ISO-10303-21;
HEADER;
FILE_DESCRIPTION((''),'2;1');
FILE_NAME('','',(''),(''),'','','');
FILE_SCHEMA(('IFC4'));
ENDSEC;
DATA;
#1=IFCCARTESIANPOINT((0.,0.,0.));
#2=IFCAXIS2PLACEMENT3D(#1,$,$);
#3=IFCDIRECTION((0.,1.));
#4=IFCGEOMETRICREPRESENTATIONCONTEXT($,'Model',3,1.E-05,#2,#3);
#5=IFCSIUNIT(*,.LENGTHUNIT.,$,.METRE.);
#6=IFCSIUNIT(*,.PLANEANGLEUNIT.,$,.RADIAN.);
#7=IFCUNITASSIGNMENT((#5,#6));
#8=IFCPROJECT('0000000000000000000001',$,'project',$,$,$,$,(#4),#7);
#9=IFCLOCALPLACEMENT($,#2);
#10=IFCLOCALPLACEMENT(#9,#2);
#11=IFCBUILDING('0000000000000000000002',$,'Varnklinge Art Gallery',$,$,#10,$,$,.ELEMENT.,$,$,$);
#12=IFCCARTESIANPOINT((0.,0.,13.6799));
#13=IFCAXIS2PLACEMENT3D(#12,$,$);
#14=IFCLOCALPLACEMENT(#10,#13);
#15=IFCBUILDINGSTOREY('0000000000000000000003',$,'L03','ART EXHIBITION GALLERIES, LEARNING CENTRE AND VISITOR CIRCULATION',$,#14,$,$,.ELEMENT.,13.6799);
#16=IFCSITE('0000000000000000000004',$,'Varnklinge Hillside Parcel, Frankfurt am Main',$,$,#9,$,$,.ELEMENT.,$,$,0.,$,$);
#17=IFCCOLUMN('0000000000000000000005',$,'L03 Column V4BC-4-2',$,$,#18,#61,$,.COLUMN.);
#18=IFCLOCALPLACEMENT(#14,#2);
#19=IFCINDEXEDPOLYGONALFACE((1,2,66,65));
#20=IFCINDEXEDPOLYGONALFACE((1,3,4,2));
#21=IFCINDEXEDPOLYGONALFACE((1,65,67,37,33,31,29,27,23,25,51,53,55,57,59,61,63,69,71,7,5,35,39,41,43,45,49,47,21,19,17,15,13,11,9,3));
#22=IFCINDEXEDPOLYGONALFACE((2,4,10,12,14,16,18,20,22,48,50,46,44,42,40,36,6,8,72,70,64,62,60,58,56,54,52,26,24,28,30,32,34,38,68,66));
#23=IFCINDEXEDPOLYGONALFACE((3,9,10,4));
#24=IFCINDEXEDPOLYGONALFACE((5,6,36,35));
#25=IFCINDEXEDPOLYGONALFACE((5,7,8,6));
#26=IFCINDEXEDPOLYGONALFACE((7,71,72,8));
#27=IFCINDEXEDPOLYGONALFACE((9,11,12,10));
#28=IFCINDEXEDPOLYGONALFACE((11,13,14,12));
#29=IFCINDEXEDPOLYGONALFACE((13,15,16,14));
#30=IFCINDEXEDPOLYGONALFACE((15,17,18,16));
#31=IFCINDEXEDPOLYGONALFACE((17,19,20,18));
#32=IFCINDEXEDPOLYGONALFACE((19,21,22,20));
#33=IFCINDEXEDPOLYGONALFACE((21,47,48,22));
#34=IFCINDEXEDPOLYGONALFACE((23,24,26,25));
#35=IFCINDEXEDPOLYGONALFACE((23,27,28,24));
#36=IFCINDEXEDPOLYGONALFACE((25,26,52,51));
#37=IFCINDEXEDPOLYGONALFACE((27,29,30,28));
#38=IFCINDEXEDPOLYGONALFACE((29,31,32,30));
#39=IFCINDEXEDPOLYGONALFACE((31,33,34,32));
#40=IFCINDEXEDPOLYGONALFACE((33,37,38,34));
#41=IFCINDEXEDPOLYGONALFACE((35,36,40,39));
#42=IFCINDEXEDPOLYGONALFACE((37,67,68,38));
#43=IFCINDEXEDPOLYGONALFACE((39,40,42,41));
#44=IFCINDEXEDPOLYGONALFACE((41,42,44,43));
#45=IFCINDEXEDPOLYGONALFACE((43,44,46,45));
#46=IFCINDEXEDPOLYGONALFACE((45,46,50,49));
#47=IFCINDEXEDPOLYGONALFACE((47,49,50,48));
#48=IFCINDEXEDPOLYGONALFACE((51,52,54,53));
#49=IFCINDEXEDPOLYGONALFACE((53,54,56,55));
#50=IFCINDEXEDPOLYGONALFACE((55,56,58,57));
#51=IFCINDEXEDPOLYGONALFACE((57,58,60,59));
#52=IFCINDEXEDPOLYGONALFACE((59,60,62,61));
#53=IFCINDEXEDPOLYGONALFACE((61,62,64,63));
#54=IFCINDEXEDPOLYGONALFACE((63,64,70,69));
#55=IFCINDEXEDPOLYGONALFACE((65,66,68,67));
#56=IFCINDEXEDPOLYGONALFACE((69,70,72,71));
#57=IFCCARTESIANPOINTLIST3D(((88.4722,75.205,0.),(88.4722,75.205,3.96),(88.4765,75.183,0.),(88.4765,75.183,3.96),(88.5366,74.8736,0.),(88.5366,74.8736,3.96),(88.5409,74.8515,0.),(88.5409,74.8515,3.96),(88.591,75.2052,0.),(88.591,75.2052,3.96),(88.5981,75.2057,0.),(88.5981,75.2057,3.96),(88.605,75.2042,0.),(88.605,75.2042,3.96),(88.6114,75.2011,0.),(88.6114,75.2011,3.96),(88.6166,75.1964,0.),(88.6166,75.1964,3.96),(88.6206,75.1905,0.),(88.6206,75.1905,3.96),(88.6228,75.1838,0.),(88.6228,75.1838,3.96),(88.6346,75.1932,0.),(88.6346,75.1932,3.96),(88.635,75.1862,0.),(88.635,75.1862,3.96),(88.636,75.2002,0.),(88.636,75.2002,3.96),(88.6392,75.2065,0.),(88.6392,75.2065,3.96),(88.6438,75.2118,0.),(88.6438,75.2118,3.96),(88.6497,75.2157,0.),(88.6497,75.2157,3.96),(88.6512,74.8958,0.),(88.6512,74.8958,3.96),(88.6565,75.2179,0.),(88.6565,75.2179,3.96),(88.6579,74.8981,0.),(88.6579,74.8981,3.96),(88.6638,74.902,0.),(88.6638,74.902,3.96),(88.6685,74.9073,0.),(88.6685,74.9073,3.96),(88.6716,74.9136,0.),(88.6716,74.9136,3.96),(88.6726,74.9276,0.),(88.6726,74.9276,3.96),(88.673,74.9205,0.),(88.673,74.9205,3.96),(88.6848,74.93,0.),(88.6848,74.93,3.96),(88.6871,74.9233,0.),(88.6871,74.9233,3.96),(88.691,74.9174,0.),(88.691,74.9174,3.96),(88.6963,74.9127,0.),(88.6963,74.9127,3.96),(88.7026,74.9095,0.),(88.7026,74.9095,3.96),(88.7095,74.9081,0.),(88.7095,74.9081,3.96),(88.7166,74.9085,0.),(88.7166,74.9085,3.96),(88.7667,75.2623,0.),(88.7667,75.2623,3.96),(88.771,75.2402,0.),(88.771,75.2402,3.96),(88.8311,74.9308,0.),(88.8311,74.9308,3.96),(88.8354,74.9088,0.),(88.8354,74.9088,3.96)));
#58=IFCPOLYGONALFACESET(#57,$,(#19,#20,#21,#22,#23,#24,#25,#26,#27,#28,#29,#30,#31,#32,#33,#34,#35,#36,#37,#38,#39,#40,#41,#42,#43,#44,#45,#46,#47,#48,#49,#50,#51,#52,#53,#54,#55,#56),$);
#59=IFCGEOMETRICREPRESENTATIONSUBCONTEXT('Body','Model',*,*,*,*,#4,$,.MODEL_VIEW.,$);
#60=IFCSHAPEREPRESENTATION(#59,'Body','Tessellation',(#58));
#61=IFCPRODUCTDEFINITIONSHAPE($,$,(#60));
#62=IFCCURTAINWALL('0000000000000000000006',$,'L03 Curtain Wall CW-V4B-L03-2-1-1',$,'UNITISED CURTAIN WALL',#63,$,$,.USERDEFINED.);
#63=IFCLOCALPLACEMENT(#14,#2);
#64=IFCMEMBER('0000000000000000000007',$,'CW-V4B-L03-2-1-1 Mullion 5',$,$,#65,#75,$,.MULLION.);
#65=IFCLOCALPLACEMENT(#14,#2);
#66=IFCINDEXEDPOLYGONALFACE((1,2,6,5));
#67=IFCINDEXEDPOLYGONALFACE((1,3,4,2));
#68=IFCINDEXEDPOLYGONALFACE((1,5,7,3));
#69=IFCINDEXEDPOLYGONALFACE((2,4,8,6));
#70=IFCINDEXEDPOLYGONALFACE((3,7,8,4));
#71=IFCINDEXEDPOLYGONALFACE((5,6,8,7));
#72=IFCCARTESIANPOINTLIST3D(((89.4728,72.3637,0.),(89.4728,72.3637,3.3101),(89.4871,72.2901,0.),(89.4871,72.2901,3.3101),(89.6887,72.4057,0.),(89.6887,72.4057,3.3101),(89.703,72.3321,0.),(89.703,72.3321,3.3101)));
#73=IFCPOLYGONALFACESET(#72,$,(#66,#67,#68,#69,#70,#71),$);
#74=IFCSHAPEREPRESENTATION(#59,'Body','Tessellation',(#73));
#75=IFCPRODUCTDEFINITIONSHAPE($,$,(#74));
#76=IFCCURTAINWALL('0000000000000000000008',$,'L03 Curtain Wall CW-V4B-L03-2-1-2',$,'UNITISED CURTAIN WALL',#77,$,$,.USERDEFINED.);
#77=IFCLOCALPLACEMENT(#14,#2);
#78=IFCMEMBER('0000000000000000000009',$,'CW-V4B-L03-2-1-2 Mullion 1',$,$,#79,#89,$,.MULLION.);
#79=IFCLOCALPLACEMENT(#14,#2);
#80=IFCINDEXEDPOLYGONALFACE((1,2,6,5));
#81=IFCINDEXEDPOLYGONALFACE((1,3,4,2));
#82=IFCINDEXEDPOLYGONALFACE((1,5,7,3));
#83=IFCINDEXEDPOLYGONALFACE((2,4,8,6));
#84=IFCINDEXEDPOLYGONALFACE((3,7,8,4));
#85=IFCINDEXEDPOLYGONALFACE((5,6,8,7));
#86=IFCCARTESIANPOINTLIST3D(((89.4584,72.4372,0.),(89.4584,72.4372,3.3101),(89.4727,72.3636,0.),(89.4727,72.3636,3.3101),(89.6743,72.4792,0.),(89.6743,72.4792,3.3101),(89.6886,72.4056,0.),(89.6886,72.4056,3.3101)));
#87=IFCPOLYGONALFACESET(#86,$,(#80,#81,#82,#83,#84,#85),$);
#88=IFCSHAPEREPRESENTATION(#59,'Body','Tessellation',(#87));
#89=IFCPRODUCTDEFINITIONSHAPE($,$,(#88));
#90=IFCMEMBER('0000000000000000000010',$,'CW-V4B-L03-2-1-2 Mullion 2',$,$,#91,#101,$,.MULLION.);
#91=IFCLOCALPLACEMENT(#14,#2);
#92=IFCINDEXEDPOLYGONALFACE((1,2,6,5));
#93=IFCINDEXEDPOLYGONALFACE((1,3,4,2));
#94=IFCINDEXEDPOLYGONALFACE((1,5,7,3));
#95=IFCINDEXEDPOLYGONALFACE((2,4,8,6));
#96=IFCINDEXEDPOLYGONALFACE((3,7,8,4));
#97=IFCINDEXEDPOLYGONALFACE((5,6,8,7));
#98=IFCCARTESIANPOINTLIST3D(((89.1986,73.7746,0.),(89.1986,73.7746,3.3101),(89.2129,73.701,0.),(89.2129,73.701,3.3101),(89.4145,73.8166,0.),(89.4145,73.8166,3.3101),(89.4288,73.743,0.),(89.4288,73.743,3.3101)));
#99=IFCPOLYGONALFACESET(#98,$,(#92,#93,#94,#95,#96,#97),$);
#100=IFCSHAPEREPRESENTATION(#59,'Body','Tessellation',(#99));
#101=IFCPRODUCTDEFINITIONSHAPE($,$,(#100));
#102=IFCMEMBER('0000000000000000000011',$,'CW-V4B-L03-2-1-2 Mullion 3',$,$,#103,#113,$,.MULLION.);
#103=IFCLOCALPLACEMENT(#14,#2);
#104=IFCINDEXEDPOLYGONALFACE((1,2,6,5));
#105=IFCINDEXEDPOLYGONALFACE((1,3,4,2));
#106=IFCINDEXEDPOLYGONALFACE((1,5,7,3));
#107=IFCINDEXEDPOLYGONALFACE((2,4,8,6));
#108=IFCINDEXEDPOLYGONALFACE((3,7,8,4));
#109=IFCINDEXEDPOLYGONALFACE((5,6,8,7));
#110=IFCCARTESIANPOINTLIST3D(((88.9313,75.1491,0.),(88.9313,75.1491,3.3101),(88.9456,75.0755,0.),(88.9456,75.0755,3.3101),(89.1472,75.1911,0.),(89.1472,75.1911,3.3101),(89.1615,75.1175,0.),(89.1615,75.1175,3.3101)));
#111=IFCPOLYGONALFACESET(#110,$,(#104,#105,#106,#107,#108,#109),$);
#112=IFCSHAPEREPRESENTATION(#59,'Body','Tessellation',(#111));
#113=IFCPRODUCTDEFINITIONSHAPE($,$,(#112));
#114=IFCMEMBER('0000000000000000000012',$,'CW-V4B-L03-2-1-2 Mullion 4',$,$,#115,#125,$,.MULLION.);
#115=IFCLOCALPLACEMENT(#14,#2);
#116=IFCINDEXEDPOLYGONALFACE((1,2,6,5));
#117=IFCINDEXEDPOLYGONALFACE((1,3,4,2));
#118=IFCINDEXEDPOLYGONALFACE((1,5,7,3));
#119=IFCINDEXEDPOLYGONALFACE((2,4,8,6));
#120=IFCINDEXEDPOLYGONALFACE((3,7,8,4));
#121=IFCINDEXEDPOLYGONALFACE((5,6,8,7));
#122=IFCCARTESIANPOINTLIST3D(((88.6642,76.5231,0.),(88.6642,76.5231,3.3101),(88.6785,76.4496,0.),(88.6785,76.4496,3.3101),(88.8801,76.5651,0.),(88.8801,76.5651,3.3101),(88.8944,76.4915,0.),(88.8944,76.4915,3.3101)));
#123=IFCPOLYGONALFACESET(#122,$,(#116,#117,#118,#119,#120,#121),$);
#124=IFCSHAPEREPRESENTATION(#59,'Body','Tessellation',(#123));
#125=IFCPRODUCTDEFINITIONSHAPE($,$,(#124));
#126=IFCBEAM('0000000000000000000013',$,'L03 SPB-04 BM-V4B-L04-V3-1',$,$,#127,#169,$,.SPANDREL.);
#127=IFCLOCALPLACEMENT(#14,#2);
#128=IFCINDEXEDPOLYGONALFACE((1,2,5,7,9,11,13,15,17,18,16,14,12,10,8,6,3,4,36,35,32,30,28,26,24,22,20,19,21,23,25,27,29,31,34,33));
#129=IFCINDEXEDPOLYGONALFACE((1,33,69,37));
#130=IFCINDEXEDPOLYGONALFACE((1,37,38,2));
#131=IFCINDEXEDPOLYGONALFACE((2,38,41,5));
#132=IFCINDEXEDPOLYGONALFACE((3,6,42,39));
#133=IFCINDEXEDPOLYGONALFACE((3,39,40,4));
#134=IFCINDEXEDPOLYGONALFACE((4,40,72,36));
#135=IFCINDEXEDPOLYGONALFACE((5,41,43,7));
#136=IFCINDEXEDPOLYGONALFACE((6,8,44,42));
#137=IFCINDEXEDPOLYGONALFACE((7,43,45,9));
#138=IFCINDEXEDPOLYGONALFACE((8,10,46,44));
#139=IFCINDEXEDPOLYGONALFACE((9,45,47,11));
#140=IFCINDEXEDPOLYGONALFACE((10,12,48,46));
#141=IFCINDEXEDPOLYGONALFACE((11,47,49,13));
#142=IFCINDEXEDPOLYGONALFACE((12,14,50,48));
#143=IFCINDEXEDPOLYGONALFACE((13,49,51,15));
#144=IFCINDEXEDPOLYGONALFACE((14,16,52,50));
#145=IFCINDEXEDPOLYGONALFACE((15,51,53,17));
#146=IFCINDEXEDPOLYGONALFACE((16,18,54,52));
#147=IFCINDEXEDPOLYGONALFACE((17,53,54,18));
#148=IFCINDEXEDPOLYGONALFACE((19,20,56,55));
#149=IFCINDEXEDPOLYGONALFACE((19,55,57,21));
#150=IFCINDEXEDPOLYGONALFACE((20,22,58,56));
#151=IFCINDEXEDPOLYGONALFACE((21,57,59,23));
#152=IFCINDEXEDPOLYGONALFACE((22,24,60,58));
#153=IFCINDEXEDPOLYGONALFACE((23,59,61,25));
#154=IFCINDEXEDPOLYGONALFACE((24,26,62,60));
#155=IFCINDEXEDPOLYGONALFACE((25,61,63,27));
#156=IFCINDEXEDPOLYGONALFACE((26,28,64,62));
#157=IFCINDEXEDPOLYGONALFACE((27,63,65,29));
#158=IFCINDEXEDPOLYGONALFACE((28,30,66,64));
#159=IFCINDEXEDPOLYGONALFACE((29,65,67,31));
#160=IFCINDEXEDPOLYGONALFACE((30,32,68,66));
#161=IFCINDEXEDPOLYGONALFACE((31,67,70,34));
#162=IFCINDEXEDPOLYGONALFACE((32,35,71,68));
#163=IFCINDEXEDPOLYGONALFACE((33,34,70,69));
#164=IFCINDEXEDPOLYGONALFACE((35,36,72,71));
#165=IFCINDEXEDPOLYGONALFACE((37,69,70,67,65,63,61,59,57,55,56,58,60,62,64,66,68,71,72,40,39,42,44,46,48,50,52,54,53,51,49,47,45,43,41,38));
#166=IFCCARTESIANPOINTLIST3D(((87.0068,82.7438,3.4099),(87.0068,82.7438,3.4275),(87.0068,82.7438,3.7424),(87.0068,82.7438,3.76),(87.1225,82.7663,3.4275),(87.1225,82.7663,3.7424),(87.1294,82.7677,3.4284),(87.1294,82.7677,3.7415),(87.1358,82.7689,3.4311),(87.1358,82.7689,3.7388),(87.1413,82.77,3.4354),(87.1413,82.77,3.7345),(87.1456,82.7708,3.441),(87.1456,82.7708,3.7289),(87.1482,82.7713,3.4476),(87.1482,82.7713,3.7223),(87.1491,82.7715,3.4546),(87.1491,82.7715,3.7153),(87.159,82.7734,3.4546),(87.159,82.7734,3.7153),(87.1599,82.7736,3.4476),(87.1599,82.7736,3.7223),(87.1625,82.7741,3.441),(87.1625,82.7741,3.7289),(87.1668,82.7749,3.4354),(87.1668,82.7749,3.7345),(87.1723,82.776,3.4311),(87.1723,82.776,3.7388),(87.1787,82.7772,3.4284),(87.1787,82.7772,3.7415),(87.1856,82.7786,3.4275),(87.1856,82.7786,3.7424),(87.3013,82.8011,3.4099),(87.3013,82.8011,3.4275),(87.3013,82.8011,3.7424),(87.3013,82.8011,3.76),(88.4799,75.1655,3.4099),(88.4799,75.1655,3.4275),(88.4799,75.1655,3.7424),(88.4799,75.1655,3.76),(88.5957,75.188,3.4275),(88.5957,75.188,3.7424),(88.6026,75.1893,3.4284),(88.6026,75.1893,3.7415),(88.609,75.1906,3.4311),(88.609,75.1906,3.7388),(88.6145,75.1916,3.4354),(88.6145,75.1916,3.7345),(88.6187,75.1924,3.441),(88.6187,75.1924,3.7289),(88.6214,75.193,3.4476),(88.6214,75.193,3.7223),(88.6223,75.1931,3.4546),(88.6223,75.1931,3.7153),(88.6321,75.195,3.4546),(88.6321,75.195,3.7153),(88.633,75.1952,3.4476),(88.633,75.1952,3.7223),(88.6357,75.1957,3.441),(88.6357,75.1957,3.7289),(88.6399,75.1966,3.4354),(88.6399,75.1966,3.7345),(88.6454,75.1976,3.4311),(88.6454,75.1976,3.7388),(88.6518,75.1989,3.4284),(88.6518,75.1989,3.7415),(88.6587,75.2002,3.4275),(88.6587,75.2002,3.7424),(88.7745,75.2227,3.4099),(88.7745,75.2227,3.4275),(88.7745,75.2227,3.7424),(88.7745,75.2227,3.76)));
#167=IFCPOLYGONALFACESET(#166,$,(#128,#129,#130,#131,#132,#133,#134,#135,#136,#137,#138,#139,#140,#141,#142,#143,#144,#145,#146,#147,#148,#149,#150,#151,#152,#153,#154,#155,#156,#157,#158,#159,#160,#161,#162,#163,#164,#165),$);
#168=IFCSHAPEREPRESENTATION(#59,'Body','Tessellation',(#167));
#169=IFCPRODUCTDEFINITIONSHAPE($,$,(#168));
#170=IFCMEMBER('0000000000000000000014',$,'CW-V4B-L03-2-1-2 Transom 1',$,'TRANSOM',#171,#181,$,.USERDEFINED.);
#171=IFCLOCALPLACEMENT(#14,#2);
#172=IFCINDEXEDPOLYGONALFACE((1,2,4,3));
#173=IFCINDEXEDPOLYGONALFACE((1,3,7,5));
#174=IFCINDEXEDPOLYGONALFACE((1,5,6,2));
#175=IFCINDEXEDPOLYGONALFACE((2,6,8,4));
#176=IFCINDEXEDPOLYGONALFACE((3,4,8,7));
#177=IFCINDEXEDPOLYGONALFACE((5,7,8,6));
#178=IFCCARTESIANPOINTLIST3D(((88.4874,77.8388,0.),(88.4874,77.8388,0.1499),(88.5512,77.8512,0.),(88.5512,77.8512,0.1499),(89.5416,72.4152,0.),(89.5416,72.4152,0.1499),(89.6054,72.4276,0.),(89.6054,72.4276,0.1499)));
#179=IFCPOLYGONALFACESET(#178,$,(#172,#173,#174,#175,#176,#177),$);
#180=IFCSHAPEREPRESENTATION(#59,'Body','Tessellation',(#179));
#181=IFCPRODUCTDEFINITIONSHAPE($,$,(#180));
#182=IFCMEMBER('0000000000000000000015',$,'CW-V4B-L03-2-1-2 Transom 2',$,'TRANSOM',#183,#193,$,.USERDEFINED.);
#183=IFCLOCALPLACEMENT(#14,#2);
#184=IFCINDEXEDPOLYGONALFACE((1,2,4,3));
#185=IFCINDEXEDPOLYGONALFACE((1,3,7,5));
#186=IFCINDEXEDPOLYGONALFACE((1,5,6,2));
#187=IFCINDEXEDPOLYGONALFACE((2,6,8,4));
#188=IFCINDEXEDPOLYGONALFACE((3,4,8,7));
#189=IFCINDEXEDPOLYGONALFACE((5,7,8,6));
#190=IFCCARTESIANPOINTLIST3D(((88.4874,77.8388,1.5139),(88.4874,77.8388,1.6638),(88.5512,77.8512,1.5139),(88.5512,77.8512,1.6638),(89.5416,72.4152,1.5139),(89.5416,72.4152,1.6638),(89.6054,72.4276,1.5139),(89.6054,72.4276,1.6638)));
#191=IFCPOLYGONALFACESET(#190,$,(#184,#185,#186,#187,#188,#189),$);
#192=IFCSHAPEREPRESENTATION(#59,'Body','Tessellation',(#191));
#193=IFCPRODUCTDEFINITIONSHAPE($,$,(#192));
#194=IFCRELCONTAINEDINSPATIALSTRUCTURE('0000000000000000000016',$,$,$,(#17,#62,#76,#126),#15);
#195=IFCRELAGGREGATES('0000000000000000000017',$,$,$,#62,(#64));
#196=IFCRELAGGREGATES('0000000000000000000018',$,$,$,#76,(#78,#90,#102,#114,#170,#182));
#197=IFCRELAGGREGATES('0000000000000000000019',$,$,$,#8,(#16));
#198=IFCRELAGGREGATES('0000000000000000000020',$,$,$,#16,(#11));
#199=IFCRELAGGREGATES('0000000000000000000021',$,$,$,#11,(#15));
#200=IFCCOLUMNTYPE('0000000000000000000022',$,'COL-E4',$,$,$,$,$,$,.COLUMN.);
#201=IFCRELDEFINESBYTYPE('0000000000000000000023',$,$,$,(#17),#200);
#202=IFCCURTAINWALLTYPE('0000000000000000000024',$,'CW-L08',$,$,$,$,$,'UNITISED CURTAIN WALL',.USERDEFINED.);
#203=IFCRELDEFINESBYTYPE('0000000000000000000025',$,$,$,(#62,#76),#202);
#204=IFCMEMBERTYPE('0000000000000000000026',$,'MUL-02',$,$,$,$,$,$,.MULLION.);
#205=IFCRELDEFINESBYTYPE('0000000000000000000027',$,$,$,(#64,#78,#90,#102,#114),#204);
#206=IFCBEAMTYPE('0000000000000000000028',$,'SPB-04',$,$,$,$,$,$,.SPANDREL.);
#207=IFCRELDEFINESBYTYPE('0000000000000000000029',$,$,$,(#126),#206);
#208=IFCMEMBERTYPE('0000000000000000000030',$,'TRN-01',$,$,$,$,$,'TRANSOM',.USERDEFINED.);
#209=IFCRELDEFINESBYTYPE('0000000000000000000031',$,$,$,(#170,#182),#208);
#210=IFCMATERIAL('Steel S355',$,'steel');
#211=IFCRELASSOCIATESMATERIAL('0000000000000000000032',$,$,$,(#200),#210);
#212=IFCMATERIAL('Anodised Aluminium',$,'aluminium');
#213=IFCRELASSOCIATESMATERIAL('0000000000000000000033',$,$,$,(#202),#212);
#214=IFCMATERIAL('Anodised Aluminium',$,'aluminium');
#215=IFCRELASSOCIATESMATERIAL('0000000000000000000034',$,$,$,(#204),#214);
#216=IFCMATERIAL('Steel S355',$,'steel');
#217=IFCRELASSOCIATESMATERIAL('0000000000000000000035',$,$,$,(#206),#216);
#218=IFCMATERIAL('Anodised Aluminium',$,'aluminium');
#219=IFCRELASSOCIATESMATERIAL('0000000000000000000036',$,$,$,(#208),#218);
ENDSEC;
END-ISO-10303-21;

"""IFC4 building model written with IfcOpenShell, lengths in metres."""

from ifc_helpers import new_model, si_unit, direction, frame, origin, origin_2d, place, context, subcontext, project, spatial, rectangle, i_section, extrude, material, material_profile, profile_set, type_object, element, aggregate, save


model = new_model("IFC4")

# Units and contexts
model_context = context("Model", 3, precision=1e-05, world=origin(), true_north=direction((0.0, 1.0)))
body_context = subcontext(model_context, "Body", "Model", "MODEL_VIEW")
ifc_project = project(units=[si_unit("LENGTHUNIT", "METRE"), si_unit("PLANEANGLEUNIT", "RADIAN")], contexts=[model_context])

# Site, building, storey
site_placement = place(None, origin())
site = spatial("IfcSite", under=ifc_project, at=site_placement, Name="Varnklinge Hillside Parcel, Frankfurt am Main", CompositionType="ELEMENT", RefElevation=0.0)
building_placement = place(site_placement, origin())
building = spatial("IfcBuilding", under=site, at=building_placement, Name="Varnklinge Art Gallery", CompositionType="ELEMENT")
storey_placement = place(building_placement, frame((0.0, 0.0, 13.6799)))
storey = spatial("IfcBuildingStorey", under=building, at=storey_placement, Name="L03", Description="ART EXHIBITION GALLERIES, LEARNING CENTRE AND VISITOR CIRCULATION", CompositionType="ELEMENT", Elevation=13.6799)

# Column
ifc_material_1 = material(Name="Steel S355", Category="steel")
ifc_material_profile_1 = material_profile(ifc_material_1, i_section(OverallWidth=0.3, OverallDepth=0.3601, WebThickness=0.0125, FlangeThickness=0.0225, FilletRadius=0.0271, at=origin_2d()), Name="HEB 360")
ifc_profile_set_1 = profile_set([ifc_material_profile_1], Name="Steel S355")
column_type = type_object("IfcColumnType", Name="COL-E4", PredefinedType="COLUMN", material=ifc_profile_set_1)
column_placement = place(storey_placement, frame((88.6538, 75.0569, 0.0), z_axis=(0.0, 0.0, 1.0), x_axis=(0.981627, 0.190809, 0.0)))
element("IfcColumn", 1, at=column_placement, inside=storey, type_object=column_type, Name="L03 Column V4BC-4-2", PredefinedType="COLUMN", context=body_context, shape_type="SweptSolid", body=[
    extrude(i_section(OverallWidth=0.3, OverallDepth=0.3601, WebThickness=0.0125, FlangeThickness=0.0225, FilletRadius=0.0271, at=origin_2d()), origin(), (0.0, 0.0, 1.0), 3.96),
])

# Curtain wall, member
ifc_material_2 = material(Name="Anodised Aluminium", Category="aluminium")
curtain_wall_type = type_object("IfcCurtainWallType", Name="CW-L08", ElementType="UNITISED CURTAIN WALL", PredefinedType="USERDEFINED", material=ifc_material_2)
curtain_wall_1_placement = place(storey_placement, origin())
curtain_wall_1 = element("IfcCurtainWall", 2, at=curtain_wall_1_placement, inside=storey, type_object=curtain_wall_type, Name="L03 Curtain Wall CW-V4B-L03-2-1-1", ObjectType="UNITISED CURTAIN WALL", PredefinedType="USERDEFINED")
ifc_material_3 = material(Name="Anodised Aluminium", Category="aluminium")
ifc_material_profile_2 = material_profile(ifc_material_3, rectangle(XDim=0.075, YDim=0.22, at=origin_2d()), Name="ALU 75x220")
ifc_profile_set_2 = profile_set([ifc_material_profile_2], Name="Anodised Aluminium")
member_type_1 = type_object("IfcMemberType", Name="MUL-02", PredefinedType="MULLION", material=ifc_profile_set_2)
member_1_placement = place(storey_placement, frame((89.5879, 72.3479, 0.0), z_axis=(0.0, 0.0, 1.0), x_axis=(-0.190809, 0.981627, 0.0)))
member_1 = element("IfcMember", 3, at=member_1_placement, type_object=member_type_1, Name="CW-V4B-L03-2-1-1 Mullion 5", PredefinedType="MULLION", context=body_context, shape_type="SweptSolid", body=[
    extrude(rectangle(XDim=0.075, YDim=0.22, at=origin_2d()), origin(), (0.0, 0.0, 1.0), 3.3101),
])

# Curtain wall, members
curtain_wall_2_placement = place(storey_placement, origin())
curtain_wall_2 = element("IfcCurtainWall", 4, at=curtain_wall_2_placement, inside=storey, type_object=curtain_wall_type, Name="L03 Curtain Wall CW-V4B-L03-2-1-2", ObjectType="UNITISED CURTAIN WALL", PredefinedType="USERDEFINED")
member_2_placement = place(storey_placement, frame((89.5735, 72.4214, 0.0), z_axis=(0.0, 0.0, 1.0), x_axis=(-0.190809, 0.981627, 0.0)))
member_2 = element("IfcMember", 5, at=member_2_placement, type_object=member_type_1, Name="CW-V4B-L03-2-1-2 Mullion 1", PredefinedType="MULLION", context=body_context, shape_type="SweptSolid", body=[
    extrude(rectangle(XDim=0.075, YDim=0.22, at=origin_2d()), origin(), (0.0, 0.0, 1.0), 3.3101),
])
member_3_placement = place(storey_placement, frame((89.3137, 73.7588, 0.0), z_axis=(0.0, 0.0, 1.0), x_axis=(-0.190809, 0.981627, 0.0)))
member_3 = element("IfcMember", 6, at=member_3_placement, type_object=member_type_1, Name="CW-V4B-L03-2-1-2 Mullion 2", PredefinedType="MULLION", context=body_context, shape_type="SweptSolid", body=[
    extrude(rectangle(XDim=0.075, YDim=0.22, at=origin_2d()), origin(), (0.0, 0.0, 1.0), 3.3101),
])
member_4_placement = place(storey_placement, frame((89.0464, 75.1333, 0.0), z_axis=(0.0, 0.0, 1.0), x_axis=(-0.190809, 0.981627, 0.0)))
member_4 = element("IfcMember", 7, at=member_4_placement, type_object=member_type_1, Name="CW-V4B-L03-2-1-2 Mullion 3", PredefinedType="MULLION", context=body_context, shape_type="SweptSolid", body=[
    extrude(rectangle(XDim=0.075, YDim=0.22, at=origin_2d()), origin(), (0.0, 0.0, 1.0), 3.3101),
])
member_5_placement = place(storey_placement, frame((88.7793, 76.5073, 0.0), z_axis=(0.0, 0.0, 1.0), x_axis=(-0.190809, 0.981627, 0.0)))
member_5 = element("IfcMember", 8, at=member_5_placement, type_object=member_type_1, Name="CW-V4B-L03-2-1-2 Mullion 4", PredefinedType="MULLION", context=body_context, shape_type="SweptSolid", body=[
    extrude(rectangle(XDim=0.075, YDim=0.22, at=origin_2d()), origin(), (0.0, 0.0, 1.0), 3.3101),
])

# Beam
ifc_material_4 = material(Name="Steel S355", Category="steel")
ifc_material_profile_3 = material_profile(ifc_material_4, i_section(OverallWidth=0.3, OverallDepth=0.3501, WebThickness=0.01, FlangeThickness=0.0176, FilletRadius=0.0271, at=origin_2d()), Name="HEA 360")
ifc_profile_set_3 = profile_set([ifc_material_profile_3], Name="Steel S355")
beam_type = type_object("IfcBeamType", Name="SPB-04", PredefinedType="SPANDREL", material=ifc_profile_set_3)
beam_placement = place(storey_placement, frame((88.6272, 75.1941, 3.585), z_axis=(-0.190816, 0.981626, 0.0), x_axis=(-0.981626, -0.190816, 0.0)))
element("IfcBeam", 9, at=beam_placement, inside=storey, type_object=beam_type, Name="L03 SPB-04 BM-V4B-L04-V3-1", PredefinedType="SPANDREL", context=body_context, shape_type="SweptSolid", body=[
    extrude(i_section(OverallWidth=0.3, OverallDepth=0.3501, WebThickness=0.01, FlangeThickness=0.0176, FilletRadius=0.0271, at=origin_2d()), origin(), (0.0, 0.0, 1.0), 7.7202),
])

# Members
ifc_material_5 = material(Name="Anodised Aluminium", Category="aluminium")
ifc_material_profile_4 = material_profile(ifc_material_5, rectangle(XDim=0.0649, YDim=0.1499, at=origin_2d()), Name="ALU 65x150")
ifc_profile_set_4 = profile_set([ifc_material_profile_4], Name="Anodised Aluminium")
member_type_2 = type_object("IfcMemberType", Name="TRN-01", ElementType="TRANSOM", PredefinedType="USERDEFINED", material=ifc_profile_set_4)
member_6_placement = place(storey_placement, frame((89.5735, 72.4214, 0.075), z_axis=(-0.190802, 0.981628, 0.0), x_axis=(-0.981628, -0.190802, 0.0)))
member_6 = element("IfcMember", 10, at=member_6_placement, type_object=member_type_2, Name="CW-V4B-L03-2-1-2 Transom 1", ObjectType="TRANSOM", PredefinedType="USERDEFINED", context=body_context, shape_type="SweptSolid", body=[
    extrude(rectangle(XDim=0.0649, YDim=0.1499, at=origin_2d()), origin(), (0.0, 0.0, 1.0), 5.5251),
])
member_7_placement = place(storey_placement, frame((89.5735, 72.4214, 1.5889), z_axis=(-0.190802, 0.981628, 0.0), x_axis=(-0.981628, -0.190802, 0.0)))
member_7 = element("IfcMember", 11, at=member_7_placement, type_object=member_type_2, Name="CW-V4B-L03-2-1-2 Transom 2", ObjectType="TRANSOM", PredefinedType="USERDEFINED", context=body_context, shape_type="SweptSolid", body=[
    extrude(rectangle(XDim=0.0649, YDim=0.1499, at=origin_2d()), origin(), (0.0, 0.0, 1.0), 5.5251),
])

aggregate(curtain_wall_1, [member_1])
aggregate(curtain_wall_2, [member_2, member_3, member_4, member_5, member_6, member_7])

save(model, "model.ifc")
